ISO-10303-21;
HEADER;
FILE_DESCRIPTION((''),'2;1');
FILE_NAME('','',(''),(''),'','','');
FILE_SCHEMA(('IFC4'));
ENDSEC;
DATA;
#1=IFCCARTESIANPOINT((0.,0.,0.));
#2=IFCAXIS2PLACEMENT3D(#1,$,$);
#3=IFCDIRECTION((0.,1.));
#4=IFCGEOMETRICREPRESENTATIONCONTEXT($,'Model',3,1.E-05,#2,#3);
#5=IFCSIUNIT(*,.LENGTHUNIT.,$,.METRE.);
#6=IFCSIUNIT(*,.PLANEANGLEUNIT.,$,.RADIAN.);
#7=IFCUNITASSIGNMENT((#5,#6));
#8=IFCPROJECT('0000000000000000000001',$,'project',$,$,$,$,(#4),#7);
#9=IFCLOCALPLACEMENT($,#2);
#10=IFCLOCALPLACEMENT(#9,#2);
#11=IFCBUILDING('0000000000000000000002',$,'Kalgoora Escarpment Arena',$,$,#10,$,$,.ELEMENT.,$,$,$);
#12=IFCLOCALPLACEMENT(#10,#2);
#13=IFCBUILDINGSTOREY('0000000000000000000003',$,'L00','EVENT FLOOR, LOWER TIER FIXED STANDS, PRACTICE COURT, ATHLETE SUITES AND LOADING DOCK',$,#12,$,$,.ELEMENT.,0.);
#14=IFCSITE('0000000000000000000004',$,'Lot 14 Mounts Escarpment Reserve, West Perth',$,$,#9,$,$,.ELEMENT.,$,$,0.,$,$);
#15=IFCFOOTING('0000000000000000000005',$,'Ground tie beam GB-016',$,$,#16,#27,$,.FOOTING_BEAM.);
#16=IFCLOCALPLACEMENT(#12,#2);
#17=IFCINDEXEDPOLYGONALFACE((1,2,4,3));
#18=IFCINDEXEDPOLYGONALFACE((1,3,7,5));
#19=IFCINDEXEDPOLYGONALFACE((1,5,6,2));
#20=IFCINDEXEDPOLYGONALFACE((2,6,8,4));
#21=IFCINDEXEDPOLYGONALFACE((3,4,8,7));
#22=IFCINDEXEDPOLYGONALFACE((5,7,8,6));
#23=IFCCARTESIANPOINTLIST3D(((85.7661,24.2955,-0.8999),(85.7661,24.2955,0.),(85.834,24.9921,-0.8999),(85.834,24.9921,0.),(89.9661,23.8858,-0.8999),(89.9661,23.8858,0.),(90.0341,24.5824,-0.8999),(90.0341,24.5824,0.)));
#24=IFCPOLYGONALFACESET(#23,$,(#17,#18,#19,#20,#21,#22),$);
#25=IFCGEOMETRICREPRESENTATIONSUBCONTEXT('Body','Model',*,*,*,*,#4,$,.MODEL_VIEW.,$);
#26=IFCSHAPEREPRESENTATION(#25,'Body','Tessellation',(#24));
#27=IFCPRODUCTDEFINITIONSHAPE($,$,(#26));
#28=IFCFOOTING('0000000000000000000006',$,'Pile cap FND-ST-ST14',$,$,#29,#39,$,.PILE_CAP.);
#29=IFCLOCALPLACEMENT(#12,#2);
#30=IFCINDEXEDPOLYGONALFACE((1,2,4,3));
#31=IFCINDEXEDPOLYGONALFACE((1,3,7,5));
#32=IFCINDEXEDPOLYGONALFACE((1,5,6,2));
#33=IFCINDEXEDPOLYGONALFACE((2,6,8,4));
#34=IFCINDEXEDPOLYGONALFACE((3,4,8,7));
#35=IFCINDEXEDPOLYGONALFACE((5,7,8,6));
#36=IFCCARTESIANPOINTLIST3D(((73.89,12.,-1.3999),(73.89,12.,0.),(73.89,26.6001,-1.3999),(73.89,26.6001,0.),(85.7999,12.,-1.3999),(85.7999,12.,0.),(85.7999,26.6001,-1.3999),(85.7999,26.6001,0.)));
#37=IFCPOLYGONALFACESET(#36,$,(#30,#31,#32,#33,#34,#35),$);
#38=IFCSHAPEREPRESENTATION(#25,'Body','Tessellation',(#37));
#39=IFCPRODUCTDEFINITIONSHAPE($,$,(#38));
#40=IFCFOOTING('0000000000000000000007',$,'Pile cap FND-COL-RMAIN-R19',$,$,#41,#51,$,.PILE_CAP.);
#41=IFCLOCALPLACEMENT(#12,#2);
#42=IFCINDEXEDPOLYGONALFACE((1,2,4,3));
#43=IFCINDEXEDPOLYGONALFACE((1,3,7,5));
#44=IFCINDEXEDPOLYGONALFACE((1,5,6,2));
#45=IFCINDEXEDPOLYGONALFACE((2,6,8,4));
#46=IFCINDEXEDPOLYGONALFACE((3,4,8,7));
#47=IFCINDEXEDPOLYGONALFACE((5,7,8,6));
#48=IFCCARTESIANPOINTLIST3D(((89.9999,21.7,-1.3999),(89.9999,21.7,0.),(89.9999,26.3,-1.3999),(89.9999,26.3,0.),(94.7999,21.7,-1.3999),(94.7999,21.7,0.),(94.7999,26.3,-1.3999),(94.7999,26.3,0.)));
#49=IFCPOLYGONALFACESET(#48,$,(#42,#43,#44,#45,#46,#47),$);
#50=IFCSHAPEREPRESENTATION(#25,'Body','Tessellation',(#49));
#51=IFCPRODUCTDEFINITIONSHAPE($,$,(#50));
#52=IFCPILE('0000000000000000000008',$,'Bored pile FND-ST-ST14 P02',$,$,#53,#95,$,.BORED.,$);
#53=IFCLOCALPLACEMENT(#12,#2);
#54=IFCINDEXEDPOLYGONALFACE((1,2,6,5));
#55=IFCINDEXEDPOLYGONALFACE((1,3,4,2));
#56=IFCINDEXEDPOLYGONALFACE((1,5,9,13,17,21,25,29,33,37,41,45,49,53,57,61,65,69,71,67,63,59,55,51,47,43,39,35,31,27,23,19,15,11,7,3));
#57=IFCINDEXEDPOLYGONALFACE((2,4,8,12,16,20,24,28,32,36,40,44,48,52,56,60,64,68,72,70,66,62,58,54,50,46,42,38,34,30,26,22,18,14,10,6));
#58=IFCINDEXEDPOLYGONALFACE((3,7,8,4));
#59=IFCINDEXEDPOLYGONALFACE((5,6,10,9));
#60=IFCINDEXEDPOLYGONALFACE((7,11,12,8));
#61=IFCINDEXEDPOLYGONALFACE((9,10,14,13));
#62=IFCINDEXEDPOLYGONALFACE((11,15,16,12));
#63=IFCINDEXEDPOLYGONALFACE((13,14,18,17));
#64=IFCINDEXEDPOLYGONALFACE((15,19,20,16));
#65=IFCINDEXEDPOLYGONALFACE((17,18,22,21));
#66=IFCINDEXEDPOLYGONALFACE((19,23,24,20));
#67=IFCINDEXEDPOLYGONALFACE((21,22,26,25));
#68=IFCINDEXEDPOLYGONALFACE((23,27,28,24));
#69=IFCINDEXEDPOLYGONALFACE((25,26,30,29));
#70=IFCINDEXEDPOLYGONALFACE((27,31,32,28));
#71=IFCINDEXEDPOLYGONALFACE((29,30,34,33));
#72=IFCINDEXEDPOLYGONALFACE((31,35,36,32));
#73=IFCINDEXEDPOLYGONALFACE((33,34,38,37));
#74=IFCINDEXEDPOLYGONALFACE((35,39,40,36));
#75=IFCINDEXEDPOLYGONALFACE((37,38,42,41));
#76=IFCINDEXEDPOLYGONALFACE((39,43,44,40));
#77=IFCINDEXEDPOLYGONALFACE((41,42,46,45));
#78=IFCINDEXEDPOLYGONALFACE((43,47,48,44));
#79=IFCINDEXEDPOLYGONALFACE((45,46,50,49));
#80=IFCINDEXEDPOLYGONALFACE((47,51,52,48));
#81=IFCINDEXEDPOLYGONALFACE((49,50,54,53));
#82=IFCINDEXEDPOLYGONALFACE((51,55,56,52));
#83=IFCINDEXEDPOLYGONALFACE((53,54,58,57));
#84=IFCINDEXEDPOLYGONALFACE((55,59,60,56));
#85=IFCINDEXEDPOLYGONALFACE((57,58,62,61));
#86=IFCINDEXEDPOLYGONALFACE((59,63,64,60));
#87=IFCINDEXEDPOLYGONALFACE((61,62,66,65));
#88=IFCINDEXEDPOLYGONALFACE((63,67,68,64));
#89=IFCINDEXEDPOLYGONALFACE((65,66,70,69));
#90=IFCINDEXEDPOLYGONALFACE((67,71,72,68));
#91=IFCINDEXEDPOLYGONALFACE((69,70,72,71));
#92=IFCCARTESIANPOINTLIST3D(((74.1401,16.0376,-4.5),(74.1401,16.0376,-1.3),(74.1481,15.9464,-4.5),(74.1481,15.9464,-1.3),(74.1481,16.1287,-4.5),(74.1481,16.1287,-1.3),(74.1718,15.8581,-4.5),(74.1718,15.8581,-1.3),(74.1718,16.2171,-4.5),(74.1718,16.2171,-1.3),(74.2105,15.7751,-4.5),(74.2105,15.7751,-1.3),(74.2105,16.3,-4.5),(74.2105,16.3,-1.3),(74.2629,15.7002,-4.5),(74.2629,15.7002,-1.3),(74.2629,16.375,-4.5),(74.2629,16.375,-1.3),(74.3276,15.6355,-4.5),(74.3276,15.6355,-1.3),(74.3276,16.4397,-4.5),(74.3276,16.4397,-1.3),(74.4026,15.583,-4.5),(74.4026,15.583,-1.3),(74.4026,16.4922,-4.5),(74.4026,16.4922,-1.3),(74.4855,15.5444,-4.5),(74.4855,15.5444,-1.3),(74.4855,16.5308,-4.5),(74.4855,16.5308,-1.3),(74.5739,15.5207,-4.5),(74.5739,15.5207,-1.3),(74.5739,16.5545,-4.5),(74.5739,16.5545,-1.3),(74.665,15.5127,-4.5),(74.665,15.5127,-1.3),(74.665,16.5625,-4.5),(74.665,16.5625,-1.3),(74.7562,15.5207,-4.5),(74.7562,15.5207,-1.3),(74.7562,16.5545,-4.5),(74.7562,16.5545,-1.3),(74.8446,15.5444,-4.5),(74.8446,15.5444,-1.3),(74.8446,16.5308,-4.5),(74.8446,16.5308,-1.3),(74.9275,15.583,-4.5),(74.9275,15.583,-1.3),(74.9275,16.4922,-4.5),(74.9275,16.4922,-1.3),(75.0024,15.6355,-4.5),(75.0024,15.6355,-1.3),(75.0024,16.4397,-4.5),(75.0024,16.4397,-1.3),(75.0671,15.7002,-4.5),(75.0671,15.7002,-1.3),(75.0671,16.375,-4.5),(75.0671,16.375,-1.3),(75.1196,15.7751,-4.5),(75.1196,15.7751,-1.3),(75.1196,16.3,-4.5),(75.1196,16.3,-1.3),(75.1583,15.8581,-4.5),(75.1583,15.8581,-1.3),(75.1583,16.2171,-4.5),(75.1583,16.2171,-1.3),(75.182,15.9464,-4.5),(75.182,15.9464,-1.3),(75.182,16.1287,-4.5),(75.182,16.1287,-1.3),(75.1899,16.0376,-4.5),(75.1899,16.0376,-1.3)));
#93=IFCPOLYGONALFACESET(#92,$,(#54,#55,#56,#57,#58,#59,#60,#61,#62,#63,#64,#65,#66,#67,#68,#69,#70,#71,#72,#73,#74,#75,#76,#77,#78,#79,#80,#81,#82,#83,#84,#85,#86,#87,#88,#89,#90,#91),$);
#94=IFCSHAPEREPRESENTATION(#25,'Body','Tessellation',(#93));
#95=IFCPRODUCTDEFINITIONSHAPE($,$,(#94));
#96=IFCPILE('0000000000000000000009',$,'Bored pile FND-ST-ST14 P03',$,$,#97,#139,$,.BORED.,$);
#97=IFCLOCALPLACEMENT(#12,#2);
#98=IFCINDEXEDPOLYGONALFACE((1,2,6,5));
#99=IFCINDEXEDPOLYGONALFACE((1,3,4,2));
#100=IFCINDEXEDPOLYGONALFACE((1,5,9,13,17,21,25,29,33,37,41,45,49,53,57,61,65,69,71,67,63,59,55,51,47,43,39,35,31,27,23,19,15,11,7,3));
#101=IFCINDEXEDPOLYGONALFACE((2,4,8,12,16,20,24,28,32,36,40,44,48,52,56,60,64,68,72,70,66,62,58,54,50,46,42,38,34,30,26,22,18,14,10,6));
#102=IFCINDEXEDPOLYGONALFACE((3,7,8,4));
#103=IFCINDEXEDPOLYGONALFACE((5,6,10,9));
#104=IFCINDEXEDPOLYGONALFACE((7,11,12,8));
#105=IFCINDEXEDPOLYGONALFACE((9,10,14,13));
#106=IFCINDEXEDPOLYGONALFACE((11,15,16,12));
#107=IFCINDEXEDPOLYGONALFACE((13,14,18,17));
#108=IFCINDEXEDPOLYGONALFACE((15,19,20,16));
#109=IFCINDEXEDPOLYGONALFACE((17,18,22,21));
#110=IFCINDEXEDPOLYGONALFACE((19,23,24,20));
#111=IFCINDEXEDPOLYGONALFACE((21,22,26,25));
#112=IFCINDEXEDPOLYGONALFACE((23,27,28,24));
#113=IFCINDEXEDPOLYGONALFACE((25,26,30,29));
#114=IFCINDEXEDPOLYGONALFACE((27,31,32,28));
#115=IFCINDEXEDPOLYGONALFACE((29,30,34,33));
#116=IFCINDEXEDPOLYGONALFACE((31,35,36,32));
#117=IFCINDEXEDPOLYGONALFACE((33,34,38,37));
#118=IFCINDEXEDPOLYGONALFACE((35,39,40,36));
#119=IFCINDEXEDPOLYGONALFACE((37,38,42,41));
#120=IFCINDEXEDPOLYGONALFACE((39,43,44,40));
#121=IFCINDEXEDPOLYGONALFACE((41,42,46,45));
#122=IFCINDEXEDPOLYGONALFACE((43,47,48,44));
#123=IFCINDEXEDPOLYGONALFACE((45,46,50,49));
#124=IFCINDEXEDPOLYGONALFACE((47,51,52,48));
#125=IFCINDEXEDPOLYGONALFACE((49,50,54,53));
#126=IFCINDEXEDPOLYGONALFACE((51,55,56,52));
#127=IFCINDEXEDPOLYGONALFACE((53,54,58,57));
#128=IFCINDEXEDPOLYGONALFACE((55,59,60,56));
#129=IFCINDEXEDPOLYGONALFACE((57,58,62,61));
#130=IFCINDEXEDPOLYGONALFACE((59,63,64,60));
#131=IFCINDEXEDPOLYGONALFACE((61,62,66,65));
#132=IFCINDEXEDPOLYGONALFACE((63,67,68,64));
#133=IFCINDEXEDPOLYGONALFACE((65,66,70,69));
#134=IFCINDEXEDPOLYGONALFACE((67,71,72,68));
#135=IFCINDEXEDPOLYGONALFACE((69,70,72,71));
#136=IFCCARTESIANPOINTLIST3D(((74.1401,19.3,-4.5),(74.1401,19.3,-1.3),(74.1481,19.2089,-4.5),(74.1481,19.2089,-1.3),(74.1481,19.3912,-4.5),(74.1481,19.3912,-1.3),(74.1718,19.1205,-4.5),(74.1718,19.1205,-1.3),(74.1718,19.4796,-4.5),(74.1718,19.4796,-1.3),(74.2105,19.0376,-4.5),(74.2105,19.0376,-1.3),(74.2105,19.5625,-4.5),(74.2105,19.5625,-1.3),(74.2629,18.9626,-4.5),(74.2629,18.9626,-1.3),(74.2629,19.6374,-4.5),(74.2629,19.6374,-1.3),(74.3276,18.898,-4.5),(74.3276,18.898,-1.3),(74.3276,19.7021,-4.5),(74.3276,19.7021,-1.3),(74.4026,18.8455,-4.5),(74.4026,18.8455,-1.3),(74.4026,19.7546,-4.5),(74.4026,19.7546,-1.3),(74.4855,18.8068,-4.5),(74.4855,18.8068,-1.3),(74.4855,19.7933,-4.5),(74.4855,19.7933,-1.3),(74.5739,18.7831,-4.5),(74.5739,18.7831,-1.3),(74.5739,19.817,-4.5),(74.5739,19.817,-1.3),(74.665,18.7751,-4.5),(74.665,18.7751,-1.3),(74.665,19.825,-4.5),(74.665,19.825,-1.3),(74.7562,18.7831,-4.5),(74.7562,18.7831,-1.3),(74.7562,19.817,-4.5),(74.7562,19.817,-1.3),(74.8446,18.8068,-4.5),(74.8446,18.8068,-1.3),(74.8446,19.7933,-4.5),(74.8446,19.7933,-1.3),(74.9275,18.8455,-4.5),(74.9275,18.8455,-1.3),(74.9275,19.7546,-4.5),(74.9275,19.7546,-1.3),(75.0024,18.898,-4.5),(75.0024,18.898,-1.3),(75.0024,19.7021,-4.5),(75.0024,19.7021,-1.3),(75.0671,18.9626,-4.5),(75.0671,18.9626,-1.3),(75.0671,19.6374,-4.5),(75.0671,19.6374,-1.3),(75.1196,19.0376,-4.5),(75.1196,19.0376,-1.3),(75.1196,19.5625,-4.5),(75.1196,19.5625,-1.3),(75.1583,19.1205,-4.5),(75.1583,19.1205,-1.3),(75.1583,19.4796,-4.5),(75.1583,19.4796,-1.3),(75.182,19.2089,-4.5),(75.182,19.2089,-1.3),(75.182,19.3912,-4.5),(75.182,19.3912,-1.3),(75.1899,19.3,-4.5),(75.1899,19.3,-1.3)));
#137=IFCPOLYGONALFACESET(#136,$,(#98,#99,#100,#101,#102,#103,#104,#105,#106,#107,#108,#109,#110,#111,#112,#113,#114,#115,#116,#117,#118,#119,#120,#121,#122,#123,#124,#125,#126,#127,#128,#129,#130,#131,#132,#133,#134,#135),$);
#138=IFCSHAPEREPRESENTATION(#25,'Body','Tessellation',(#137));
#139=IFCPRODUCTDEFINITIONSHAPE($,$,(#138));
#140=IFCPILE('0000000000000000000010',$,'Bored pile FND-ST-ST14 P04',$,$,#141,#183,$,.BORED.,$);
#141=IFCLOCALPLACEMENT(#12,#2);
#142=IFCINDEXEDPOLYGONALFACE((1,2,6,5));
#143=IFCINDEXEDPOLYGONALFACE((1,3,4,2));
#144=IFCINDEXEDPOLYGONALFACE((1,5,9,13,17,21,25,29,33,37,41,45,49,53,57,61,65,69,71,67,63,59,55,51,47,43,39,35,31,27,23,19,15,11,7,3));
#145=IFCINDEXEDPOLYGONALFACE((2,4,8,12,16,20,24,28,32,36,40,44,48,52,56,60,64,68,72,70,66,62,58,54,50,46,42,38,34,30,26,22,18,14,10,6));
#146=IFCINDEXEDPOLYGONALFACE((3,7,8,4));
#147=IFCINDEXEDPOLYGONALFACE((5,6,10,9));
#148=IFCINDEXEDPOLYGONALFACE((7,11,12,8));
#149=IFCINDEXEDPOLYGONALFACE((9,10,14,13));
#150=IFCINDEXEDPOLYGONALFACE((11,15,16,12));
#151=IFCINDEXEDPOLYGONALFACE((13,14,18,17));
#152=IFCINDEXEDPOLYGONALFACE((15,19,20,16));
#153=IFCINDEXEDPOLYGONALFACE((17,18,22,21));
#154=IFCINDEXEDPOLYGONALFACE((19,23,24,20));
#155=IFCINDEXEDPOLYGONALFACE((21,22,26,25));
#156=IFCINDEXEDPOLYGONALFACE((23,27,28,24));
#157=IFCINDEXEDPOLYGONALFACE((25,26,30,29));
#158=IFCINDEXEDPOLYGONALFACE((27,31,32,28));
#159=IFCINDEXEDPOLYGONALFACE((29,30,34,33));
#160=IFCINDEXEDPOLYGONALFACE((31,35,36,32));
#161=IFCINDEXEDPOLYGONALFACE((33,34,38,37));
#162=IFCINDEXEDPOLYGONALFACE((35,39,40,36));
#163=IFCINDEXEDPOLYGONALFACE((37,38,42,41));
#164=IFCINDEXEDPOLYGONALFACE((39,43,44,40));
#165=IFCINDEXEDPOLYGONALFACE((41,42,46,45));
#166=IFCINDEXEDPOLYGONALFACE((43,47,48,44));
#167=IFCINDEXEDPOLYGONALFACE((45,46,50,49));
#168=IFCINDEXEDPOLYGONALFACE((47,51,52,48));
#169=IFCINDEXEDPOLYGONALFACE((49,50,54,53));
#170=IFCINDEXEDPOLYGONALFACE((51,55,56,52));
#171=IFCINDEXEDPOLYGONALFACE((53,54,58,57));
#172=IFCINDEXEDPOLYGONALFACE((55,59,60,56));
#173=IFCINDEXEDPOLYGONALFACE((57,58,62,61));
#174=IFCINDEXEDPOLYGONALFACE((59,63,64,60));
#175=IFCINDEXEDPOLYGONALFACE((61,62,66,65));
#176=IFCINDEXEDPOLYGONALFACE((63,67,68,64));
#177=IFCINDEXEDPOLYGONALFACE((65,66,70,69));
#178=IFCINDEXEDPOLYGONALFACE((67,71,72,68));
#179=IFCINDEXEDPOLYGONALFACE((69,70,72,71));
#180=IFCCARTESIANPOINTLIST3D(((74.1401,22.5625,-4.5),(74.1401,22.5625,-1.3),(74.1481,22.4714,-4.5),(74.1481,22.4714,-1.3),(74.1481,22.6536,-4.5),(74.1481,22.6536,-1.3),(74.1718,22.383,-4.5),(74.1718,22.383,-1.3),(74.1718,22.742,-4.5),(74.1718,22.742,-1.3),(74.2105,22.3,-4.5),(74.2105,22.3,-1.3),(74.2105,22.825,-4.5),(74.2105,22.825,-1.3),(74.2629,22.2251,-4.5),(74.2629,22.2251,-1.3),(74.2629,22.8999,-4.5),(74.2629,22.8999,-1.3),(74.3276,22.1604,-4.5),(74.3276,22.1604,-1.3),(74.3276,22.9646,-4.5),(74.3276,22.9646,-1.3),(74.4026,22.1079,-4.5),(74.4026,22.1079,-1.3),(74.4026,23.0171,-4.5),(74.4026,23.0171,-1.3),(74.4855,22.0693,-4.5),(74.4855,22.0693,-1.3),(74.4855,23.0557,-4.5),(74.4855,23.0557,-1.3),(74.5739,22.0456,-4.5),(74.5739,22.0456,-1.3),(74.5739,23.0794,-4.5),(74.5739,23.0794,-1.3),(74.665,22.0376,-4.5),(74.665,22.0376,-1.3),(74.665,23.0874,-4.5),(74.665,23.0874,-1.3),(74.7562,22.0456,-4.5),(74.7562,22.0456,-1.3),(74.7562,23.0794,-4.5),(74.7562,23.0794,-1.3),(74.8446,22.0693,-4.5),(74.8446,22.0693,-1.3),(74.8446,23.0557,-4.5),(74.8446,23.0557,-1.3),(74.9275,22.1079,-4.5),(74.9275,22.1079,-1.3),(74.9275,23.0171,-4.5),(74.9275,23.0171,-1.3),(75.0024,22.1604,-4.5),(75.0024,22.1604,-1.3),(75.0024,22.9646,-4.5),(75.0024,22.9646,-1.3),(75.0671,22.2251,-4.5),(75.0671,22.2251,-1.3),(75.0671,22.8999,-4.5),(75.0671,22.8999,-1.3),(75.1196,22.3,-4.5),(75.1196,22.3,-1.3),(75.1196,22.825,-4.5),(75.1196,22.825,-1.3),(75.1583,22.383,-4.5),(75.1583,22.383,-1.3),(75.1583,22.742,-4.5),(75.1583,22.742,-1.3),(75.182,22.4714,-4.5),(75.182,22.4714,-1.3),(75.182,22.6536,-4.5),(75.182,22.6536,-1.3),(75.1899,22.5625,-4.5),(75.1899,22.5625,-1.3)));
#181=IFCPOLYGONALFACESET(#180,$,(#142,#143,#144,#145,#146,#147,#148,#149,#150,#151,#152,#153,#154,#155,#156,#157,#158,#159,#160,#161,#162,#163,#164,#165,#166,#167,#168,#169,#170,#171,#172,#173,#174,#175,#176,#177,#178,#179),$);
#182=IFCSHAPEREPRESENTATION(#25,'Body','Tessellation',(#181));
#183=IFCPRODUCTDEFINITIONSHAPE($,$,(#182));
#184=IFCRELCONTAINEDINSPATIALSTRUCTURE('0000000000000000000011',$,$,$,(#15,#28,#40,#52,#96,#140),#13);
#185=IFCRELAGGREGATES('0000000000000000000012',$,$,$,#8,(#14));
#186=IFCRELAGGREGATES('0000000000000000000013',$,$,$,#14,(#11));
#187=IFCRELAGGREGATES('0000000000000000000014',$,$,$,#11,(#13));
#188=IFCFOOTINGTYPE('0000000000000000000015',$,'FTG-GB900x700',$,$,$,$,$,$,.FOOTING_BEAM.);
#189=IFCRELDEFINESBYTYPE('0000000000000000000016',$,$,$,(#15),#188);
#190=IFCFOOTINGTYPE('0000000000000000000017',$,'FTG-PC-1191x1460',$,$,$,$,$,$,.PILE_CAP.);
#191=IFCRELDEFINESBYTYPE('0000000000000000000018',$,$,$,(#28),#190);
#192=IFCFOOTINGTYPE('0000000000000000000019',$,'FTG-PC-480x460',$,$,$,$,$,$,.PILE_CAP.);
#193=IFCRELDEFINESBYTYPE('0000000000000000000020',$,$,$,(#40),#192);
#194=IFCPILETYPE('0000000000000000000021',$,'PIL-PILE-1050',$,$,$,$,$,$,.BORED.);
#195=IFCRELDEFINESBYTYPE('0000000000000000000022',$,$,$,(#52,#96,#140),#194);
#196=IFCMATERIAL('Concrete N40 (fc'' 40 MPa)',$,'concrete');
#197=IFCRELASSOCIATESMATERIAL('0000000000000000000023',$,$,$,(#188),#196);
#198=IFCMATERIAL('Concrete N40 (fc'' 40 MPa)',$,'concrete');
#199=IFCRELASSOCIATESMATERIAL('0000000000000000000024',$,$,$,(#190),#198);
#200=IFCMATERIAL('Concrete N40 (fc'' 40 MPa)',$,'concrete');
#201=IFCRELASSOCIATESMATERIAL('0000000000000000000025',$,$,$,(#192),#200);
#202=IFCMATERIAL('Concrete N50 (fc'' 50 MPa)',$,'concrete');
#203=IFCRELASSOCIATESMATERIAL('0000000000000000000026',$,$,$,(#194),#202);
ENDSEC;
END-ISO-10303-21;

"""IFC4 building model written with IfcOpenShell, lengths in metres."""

from ifc_helpers import new_model, si_unit, direction, frame, origin, origin_2d, place, context, subcontext, project, spatial, rectangle, circle, extrude, material, material_profile, profile_set, type_object, element, save


model = new_model("IFC4")

# Units and contexts
model_context = context("Model", 3, precision=1e-05, world=origin(), true_north=direction((0.0, 1.0)))
body_context = subcontext(model_context, "Body", "Model", "MODEL_VIEW")
ifc_project = project(units=[si_unit("LENGTHUNIT", "METRE"), si_unit("PLANEANGLEUNIT", "RADIAN")], contexts=[model_context])

# Site, building, storey
site_placement = place(None, origin())
site = spatial("IfcSite", under=ifc_project, at=site_placement, Name="Lot 14 Mounts Escarpment Reserve, West Perth", CompositionType="ELEMENT", RefElevation=0.0)
building_placement = place(site_placement, origin())
building = spatial("IfcBuilding", under=site, at=building_placement, Name="Kalgoora Escarpment Arena", CompositionType="ELEMENT")
storey_placement = place(building_placement, origin())
storey = spatial("IfcBuildingStorey", under=building, at=storey_placement, Name="L00", Description="EVENT FLOOR, LOWER TIER FIXED STANDS, PRACTICE COURT, ATHLETE SUITES AND LOADING DOCK", CompositionType="ELEMENT", Elevation=0.0)

# Footings
ifc_material_1 = material(Name="Concrete N40 (fc' 40 MPa)", Category="concrete")
ifc_material_profile_1 = material_profile(ifc_material_1, rectangle(XDim=0.7, YDim=0.8999, at=origin_2d()))
ifc_profile_set_1 = profile_set([ifc_material_profile_1], Name="Concrete N40 (fc' 40 MPa)")
footing_type_1 = type_object("IfcFootingType", Name="FTG-GB900x700", PredefinedType="FOOTING_BEAM", material=ifc_profile_set_1)
footing_1_placement = place(storey_placement, frame((85.8, 24.6438, -0.45), z_axis=(0.995277, -0.09708, 0.0), x_axis=(0.09708, 0.995277, 0.0)))
element("IfcFooting", 1, at=footing_1_placement, inside=storey, type_object=footing_type_1, Name="Ground tie beam GB-016", PredefinedType="FOOTING_BEAM", context=body_context, shape_type="SweptSolid", body=[
    extrude(rectangle(XDim=0.7, YDim=0.8999, at=origin_2d()), origin(), (0.0, 0.0, 1.0), 4.22),
])
ifc_material_2 = material(Name="Concrete N40 (fc' 40 MPa)", Category="concrete")
footing_type_2 = type_object("IfcFootingType", Name="FTG-PC-1191x1460", PredefinedType="PILE_CAP", material=ifc_material_2)
footing_2_placement = place(storey_placement, frame((79.845, 19.3, -1.3999), z_axis=(0.0, 0.0, 1.0), x_axis=(1.0, 0.0, 0.0)))
element("IfcFooting", 2, at=footing_2_placement, inside=storey, type_object=footing_type_2, Name="Pile cap FND-ST-ST14", PredefinedType="PILE_CAP", context=body_context, shape_type="SweptSolid", body=[
    extrude(rectangle(XDim=11.9099, YDim=14.6001, at=origin_2d()), origin(), (0.0, 0.0, 1.0), 1.3999),
])
ifc_material_3 = material(Name="Concrete N40 (fc' 40 MPa)", Category="concrete")
footing_type_3 = type_object("IfcFootingType", Name="FTG-PC-480x460", PredefinedType="PILE_CAP", material=ifc_material_3)
footing_3_placement = place(storey_placement, frame((92.3999, 24.0, -1.3999), z_axis=(0.0, 0.0, 1.0), x_axis=(1.0, 0.0, 0.0)))
element("IfcFooting", 3, at=footing_3_placement, inside=storey, type_object=footing_type_3, Name="Pile cap FND-COL-RMAIN-R19", PredefinedType="PILE_CAP", context=body_context, shape_type="SweptSolid", body=[
    extrude(rectangle(XDim=4.8, YDim=4.6001, at=origin_2d()), origin(), (0.0, 0.0, 1.0), 1.3999),
])

# Piles
ifc_material_4 = material(Name="Concrete N50 (fc' 50 MPa)", Category="concrete")
ifc_material_profile_2 = material_profile(ifc_material_4, circle(Radius=0.5249, at=origin_2d()))
ifc_profile_set_2 = profile_set([ifc_material_profile_2], Name="Concrete N50 (fc' 50 MPa)")
pile_type_1 = type_object("IfcPileType", Name="PIL-PILE-1050", PredefinedType="BORED", material=ifc_profile_set_2)
for number, where, z_axis, x_axis, name in (
    (4, (74.665, 16.0376, -1.3), (0.0, 0.0, -1.0), (1.0, 0.0, 0.0), "Bored pile FND-ST-ST14 P02"),
    (5, (74.665, 19.3, -1.3), (0.0, 0.0, -1.0), (1.0, 0.0, 0.0), "Bored pile FND-ST-ST14 P03"),
    (6, (74.665, 22.5625, -1.3), (0.0, 0.0, -1.0), (1.0, 0.0, 0.0), "Bored pile FND-ST-ST14 P04"),
):
    element("IfcPile", number, at=place(storey_placement, frame(where, z_axis=z_axis, x_axis=x_axis)), inside=storey, type_object=pile_type_1, Name=name, PredefinedType="BORED", context=body_context, shape_type="SweptSolid", body=[
        extrude(circle(Radius=0.5249, at=origin_2d()), origin(), (0.0, 0.0, 1.0), 3.2),
    ])

save(model, "model.ifc")
